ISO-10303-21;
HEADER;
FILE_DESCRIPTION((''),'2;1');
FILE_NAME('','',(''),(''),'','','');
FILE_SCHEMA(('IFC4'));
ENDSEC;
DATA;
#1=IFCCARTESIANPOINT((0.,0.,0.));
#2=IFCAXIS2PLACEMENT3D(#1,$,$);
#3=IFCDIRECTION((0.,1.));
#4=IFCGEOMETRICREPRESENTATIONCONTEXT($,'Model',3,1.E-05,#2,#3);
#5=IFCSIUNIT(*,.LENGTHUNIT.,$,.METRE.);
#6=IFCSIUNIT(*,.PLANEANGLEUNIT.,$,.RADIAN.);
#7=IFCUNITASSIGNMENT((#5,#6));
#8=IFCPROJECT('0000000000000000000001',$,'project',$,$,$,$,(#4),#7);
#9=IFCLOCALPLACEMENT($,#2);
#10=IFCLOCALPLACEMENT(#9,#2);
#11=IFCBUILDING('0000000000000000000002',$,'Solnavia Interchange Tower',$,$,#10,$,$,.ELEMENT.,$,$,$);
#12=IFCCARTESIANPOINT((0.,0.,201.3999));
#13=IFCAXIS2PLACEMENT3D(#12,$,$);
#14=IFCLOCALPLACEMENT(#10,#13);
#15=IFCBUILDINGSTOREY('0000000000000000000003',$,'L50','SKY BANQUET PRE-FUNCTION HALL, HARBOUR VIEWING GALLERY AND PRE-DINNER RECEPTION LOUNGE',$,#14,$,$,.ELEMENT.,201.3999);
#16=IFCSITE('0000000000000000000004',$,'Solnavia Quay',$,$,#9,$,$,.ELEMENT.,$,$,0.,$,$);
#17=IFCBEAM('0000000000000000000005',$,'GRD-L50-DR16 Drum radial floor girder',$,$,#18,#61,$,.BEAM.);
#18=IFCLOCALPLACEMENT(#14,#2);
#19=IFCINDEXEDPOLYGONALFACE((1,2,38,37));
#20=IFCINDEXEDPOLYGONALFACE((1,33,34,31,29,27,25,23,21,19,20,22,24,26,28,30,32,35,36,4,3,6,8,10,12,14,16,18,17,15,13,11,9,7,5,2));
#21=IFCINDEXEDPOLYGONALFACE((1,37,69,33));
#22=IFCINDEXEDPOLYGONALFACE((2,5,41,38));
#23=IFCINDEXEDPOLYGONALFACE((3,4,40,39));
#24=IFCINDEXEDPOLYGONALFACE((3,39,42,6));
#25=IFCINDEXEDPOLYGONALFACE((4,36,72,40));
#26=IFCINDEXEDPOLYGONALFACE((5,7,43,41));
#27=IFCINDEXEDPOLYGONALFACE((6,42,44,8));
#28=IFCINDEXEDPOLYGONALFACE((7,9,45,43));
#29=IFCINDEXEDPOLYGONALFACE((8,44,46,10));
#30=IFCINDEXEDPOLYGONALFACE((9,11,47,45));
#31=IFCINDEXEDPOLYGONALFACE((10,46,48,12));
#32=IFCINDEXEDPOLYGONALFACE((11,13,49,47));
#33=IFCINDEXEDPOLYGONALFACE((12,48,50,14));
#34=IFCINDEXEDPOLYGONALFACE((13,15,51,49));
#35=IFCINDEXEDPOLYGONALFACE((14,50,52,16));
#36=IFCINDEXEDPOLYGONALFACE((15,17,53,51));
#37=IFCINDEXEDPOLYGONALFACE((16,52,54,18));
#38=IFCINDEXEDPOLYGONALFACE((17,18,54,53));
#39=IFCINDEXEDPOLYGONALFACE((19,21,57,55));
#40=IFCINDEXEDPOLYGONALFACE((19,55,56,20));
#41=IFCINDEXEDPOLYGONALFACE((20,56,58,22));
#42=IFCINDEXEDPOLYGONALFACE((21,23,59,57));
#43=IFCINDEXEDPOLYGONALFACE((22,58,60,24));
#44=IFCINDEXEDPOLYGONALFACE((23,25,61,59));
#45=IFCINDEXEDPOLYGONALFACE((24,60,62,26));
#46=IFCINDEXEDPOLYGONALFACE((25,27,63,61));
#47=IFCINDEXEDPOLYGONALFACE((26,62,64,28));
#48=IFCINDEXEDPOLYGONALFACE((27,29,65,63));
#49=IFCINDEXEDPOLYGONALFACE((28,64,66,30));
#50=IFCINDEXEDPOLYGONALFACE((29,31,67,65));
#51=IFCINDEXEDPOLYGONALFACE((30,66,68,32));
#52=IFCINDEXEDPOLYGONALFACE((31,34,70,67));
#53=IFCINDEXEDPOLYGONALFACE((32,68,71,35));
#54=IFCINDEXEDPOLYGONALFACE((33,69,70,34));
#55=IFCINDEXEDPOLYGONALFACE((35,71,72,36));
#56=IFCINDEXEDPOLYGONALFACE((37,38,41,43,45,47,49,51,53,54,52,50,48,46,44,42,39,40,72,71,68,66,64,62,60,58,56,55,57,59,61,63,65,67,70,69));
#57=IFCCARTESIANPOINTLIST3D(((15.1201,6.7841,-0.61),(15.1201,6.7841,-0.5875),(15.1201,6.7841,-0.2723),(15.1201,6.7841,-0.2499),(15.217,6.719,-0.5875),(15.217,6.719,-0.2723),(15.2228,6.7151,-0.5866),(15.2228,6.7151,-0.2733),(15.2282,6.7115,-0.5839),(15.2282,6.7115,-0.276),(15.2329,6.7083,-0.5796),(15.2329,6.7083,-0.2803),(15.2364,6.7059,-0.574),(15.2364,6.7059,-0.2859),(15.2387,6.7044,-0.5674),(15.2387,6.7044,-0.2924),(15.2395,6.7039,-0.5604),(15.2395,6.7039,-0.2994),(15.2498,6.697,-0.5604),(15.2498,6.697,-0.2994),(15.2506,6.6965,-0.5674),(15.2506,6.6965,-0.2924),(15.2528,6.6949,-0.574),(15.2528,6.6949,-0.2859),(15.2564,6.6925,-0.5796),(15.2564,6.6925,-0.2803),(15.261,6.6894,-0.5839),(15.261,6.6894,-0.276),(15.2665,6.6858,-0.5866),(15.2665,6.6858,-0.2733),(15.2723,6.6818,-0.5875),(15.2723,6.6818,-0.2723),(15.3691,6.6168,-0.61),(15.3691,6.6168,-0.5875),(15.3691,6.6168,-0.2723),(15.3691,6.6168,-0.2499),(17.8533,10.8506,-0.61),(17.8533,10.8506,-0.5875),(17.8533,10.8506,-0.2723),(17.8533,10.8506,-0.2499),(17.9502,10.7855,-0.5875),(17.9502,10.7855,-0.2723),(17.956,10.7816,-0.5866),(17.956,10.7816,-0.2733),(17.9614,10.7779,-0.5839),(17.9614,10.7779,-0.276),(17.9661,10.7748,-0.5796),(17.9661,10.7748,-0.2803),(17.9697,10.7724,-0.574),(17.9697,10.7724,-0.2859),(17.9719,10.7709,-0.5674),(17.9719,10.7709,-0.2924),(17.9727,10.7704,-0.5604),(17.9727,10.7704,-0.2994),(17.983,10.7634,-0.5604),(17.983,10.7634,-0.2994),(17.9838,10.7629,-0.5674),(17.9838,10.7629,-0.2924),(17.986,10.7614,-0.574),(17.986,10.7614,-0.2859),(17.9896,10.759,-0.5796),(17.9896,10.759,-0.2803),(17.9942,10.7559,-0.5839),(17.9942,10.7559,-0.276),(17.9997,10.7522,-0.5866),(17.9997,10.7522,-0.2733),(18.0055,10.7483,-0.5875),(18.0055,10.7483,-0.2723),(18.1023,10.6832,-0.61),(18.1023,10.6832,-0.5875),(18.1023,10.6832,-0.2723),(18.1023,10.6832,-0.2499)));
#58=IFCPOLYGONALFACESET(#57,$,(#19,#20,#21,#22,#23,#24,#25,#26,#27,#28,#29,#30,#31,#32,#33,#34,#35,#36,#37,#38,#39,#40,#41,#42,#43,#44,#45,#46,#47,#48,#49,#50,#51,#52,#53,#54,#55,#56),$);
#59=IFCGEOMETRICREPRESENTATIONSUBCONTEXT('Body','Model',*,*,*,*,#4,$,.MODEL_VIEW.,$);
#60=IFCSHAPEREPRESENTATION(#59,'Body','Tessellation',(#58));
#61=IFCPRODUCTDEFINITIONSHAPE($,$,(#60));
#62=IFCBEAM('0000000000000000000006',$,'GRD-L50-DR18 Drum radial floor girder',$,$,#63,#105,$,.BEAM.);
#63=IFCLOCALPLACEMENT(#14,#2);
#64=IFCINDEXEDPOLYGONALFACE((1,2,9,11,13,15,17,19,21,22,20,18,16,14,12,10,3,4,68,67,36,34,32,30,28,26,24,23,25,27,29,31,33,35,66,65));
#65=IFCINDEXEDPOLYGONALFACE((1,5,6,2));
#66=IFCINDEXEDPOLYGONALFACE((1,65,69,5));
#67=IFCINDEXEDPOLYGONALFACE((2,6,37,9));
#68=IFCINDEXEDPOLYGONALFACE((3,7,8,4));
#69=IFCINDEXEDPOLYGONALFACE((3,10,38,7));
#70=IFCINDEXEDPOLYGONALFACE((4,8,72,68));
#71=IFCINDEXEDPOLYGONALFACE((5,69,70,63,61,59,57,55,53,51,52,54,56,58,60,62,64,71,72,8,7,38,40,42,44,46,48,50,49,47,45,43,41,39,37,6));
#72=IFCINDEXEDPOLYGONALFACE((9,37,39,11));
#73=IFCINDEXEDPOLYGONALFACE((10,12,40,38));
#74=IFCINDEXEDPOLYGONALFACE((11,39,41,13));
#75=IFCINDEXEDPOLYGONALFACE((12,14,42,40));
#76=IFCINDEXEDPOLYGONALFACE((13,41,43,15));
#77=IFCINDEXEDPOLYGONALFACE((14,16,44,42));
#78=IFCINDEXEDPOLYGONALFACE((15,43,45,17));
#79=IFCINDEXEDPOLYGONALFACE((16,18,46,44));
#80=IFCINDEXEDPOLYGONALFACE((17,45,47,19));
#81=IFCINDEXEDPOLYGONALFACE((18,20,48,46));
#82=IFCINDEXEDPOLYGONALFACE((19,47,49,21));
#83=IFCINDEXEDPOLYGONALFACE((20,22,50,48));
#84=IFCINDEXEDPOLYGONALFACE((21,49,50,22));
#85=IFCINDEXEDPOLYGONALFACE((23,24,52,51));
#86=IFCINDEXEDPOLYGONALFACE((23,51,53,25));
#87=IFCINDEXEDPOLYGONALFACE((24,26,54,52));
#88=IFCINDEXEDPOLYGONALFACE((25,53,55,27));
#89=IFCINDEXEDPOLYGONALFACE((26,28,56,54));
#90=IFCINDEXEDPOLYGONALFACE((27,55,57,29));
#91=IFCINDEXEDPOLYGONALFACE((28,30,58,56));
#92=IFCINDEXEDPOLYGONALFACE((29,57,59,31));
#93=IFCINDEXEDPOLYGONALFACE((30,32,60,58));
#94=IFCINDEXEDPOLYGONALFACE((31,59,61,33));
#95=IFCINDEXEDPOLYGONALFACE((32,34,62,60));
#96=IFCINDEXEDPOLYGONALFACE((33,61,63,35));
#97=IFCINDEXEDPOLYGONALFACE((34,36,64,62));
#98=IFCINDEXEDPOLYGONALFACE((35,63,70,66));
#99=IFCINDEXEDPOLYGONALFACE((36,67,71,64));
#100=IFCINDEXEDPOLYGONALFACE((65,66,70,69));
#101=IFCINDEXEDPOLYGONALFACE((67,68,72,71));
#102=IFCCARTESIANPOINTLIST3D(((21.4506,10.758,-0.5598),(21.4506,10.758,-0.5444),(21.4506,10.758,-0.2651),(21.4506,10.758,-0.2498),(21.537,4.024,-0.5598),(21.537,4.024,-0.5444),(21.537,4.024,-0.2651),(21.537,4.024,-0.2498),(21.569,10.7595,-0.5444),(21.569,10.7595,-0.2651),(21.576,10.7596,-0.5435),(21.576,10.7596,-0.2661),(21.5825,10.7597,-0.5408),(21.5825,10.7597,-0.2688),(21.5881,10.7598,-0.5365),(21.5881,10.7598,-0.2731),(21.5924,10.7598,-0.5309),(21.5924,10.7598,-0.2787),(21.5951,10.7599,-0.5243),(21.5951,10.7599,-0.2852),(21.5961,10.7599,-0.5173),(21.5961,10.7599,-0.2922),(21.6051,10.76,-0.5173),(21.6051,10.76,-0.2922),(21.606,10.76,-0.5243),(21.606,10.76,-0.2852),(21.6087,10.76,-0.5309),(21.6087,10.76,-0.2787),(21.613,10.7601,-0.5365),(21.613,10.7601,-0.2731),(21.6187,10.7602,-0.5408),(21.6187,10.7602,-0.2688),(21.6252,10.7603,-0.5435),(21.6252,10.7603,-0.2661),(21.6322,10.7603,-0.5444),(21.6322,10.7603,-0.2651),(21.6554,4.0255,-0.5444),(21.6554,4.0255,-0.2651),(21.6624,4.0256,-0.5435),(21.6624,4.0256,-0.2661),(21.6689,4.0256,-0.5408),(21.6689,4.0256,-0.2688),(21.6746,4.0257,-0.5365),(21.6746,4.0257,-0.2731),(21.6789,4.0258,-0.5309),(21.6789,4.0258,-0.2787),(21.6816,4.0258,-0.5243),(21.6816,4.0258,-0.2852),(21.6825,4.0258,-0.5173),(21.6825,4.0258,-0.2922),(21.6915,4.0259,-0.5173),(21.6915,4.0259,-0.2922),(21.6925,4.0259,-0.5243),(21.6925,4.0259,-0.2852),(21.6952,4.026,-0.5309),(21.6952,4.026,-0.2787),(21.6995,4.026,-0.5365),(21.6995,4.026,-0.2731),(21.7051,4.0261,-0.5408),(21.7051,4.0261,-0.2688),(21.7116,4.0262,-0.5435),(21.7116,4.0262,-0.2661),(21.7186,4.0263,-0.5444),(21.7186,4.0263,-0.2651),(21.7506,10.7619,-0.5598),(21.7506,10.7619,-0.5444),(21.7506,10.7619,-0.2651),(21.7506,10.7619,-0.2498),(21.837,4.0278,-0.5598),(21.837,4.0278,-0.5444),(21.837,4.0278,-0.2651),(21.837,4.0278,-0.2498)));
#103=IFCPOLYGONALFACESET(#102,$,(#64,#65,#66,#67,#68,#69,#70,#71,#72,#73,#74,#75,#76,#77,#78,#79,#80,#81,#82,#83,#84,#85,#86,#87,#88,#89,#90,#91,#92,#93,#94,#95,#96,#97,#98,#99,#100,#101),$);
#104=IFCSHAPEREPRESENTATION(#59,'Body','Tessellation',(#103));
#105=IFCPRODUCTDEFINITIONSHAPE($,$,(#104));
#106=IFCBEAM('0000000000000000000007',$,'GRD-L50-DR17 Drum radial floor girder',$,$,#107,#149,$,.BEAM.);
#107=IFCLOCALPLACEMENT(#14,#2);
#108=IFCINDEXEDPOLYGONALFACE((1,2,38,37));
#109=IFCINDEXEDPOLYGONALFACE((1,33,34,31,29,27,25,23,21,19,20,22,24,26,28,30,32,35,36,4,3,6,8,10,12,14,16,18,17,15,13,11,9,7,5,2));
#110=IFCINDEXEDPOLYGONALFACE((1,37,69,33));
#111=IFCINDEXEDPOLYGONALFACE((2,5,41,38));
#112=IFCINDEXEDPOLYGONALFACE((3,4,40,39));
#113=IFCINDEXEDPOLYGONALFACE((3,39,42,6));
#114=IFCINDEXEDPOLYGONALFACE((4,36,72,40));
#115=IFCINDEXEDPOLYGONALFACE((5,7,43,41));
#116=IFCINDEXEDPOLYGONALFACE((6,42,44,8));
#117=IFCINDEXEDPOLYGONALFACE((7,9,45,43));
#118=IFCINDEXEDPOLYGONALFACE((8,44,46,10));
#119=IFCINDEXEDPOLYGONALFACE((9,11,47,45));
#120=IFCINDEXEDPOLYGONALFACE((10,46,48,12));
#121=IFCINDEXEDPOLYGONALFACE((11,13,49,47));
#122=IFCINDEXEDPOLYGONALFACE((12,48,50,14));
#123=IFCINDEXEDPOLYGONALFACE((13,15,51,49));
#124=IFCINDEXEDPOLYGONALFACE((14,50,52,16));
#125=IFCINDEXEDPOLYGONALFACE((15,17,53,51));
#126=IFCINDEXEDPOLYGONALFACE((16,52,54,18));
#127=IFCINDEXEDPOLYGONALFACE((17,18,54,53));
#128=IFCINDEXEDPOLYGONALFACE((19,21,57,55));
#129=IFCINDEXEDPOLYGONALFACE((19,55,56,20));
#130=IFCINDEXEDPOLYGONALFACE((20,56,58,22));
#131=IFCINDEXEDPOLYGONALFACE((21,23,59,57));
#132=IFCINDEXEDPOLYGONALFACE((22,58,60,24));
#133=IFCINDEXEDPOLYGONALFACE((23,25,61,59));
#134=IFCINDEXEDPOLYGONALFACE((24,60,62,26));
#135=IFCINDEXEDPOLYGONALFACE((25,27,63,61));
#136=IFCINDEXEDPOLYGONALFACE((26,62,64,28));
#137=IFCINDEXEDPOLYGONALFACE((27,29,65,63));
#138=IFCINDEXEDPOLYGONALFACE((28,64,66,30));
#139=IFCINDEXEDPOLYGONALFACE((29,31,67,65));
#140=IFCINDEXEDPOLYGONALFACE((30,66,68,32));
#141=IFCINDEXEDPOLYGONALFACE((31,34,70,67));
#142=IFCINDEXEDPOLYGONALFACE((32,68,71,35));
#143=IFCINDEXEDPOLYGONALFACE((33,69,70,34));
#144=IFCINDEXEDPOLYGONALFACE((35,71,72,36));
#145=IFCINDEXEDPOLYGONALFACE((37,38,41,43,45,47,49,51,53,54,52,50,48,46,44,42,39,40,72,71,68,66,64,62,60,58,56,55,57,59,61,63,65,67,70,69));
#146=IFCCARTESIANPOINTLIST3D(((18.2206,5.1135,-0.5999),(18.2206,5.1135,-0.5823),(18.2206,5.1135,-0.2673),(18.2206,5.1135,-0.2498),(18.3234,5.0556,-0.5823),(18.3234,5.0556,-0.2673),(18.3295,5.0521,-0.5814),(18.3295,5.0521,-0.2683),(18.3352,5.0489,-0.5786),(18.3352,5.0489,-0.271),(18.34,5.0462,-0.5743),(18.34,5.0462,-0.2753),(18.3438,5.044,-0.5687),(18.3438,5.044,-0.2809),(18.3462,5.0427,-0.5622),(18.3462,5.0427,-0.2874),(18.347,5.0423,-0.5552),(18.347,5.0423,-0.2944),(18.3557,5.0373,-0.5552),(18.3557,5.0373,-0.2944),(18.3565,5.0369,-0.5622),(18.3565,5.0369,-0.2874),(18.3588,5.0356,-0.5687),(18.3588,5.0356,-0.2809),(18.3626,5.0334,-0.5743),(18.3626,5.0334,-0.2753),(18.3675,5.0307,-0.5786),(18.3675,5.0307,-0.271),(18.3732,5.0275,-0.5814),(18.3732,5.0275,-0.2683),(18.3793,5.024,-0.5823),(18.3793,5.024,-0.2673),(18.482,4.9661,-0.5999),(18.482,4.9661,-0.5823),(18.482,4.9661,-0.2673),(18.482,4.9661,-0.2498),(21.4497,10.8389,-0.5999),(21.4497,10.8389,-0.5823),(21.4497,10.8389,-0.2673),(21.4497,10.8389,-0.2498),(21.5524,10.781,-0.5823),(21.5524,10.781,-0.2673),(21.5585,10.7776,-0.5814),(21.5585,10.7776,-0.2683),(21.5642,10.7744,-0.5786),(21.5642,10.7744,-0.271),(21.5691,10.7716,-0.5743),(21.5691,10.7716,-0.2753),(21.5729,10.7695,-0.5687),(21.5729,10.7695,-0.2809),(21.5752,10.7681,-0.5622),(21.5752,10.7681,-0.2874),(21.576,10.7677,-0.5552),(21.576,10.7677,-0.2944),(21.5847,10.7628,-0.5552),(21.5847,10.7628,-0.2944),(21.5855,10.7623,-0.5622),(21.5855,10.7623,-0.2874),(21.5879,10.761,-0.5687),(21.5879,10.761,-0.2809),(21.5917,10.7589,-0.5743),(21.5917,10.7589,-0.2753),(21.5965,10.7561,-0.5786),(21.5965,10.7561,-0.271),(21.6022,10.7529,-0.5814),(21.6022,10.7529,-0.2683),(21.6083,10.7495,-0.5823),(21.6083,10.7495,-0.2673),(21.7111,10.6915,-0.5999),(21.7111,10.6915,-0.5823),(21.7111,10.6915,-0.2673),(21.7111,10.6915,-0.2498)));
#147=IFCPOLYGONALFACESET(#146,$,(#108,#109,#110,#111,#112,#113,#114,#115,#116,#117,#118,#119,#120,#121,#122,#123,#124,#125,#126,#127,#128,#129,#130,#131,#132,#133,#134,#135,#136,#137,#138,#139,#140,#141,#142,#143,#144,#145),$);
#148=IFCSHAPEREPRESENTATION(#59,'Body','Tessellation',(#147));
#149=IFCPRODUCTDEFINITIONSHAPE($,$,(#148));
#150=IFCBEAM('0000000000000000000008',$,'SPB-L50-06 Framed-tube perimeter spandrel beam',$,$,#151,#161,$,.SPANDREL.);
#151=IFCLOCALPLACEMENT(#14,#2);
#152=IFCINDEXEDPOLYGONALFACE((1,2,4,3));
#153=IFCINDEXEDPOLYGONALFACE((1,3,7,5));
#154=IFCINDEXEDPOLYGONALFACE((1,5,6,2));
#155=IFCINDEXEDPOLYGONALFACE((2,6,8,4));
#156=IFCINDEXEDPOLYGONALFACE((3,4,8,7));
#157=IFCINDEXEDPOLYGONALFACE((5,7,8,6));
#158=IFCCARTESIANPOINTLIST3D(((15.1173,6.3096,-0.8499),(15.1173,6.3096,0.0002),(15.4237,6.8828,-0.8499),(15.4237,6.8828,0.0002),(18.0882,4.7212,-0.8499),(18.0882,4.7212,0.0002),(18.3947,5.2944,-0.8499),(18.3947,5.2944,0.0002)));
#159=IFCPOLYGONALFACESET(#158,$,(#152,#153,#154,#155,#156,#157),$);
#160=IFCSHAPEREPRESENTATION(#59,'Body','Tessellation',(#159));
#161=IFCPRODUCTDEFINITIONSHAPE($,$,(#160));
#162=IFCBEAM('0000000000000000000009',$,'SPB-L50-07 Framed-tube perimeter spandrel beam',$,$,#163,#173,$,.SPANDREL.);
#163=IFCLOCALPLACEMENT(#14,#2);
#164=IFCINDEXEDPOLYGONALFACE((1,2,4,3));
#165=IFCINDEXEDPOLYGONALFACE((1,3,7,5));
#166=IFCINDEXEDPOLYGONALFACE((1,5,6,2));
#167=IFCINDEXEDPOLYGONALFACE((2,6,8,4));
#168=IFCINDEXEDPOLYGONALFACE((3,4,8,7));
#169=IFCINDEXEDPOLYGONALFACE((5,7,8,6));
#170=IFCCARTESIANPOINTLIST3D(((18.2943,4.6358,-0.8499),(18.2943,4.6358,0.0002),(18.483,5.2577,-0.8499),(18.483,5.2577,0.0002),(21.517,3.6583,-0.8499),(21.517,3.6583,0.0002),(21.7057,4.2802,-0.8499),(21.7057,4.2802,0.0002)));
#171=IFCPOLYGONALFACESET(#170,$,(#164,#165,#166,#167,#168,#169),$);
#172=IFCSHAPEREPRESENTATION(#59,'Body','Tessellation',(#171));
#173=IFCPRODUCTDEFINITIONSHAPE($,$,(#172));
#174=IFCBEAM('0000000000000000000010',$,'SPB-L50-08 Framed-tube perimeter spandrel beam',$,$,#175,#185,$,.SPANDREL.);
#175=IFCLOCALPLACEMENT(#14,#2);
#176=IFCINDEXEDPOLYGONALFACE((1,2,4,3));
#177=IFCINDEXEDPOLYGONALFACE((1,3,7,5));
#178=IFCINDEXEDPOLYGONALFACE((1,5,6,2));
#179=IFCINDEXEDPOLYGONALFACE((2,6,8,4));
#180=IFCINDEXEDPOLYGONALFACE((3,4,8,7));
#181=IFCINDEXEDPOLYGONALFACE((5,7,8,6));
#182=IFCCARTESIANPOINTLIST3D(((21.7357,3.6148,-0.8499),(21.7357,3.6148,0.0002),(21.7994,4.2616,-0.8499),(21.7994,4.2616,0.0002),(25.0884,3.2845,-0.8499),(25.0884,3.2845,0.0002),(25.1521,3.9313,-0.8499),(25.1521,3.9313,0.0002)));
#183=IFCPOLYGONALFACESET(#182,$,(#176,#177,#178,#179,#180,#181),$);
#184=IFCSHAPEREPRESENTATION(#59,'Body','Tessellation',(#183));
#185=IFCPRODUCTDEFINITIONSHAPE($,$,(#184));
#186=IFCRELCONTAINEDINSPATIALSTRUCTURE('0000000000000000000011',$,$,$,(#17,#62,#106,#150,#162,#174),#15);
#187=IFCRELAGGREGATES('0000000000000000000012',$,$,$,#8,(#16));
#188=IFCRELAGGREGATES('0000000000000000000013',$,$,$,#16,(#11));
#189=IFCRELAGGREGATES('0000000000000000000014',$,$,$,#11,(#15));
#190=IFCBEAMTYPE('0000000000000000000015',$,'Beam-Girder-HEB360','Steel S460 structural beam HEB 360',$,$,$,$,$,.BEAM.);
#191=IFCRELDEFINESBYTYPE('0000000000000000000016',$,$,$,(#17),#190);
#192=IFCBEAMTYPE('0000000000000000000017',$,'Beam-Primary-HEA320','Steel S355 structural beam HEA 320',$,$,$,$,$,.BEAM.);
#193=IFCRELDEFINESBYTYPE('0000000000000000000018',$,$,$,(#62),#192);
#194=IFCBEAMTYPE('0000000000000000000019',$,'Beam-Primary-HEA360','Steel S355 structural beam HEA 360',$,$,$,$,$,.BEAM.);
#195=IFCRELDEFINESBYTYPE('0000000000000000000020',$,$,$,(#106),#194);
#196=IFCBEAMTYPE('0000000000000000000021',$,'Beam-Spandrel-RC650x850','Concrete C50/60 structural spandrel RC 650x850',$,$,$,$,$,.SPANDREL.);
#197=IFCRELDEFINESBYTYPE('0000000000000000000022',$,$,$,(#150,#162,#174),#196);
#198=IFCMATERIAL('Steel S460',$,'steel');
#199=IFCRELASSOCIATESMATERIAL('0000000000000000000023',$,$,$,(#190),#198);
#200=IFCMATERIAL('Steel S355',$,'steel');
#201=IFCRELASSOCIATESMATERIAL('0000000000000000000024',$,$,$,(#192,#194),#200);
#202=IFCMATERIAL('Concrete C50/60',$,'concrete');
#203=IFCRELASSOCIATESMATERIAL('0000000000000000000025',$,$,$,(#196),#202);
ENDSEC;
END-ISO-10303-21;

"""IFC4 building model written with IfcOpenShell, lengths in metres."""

from ifc_helpers import new_model, si_unit, direction, frame, origin, origin_2d, place, context, subcontext, project, spatial, rectangle, i_section, extrude, material, material_profile, profile_set, type_object, element, save


model = new_model("IFC4")

# Units and contexts
model_context = context("Model", 3, precision=1e-05, world=origin(), true_north=direction((0.0, 1.0)))
body_context = subcontext(model_context, "Body", "Model", "MODEL_VIEW")
ifc_project = project(units=[si_unit("LENGTHUNIT", "METRE"), si_unit("PLANEANGLEUNIT", "RADIAN")], contexts=[model_context])

# Site, building, storey
site_placement = place(None, origin())
site = spatial("IfcSite", under=ifc_project, at=site_placement, Name="Solnavia Quay", CompositionType="ELEMENT", RefElevation=0.0)
building_placement = place(site_placement, origin())
building = spatial("IfcBuilding", under=site, at=building_placement, Name="Solnavia Interchange Tower", CompositionType="ELEMENT")
storey_placement = place(building_placement, frame((0.0, 0.0, 201.3999)))
storey = spatial("IfcBuildingStorey", under=building, at=storey_placement, Name="L50", Description="SKY BANQUET PRE-FUNCTION HALL, HARBOUR VIEWING GALLERY AND PRE-DINNER RECEPTION LOUNGE", CompositionType="ELEMENT", Elevation=201.3999)

# Shared definitions
ifc_material_1 = material(Name="Concrete C50/60", Category="concrete")
ifc_material_2 = material(Name="Steel S355", Category="steel")

# Beams
ifc_material_3 = material(Name="Steel S460", Category="steel")
ifc_material_profile_1 = material_profile(ifc_material_3, i_section(OverallWidth=0.3, OverallDepth=0.3601, WebThickness=0.0125, FlangeThickness=0.0225, FilletRadius=0.0271, at=origin_2d()), Name="HEB 360")
ifc_profile_set_1 = profile_set([ifc_material_profile_1], Name="Steel S460")
beam_type_1 = type_object("IfcBeamType", Name="Beam-Girder-HEB360", Description="Steel S460 structural beam HEB 360", PredefinedType="BEAM", material=ifc_profile_set_1)
beam_1_placement = place(storey_placement, frame((15.2446, 6.7004, -0.4299), z_axis=(0.557835, 0.829952, 0.0), x_axis=(-0.829952, 0.557835, 0.0)))
element("IfcBeam", 1, at=beam_1_placement, inside=storey, type_object=beam_type_1, Name="GRD-L50-DR16 Drum radial floor girder", PredefinedType="BEAM", context=body_context, shape_type="SweptSolid", body=[
    extrude(i_section(OverallWidth=0.3, OverallDepth=0.3601, WebThickness=0.0125, FlangeThickness=0.0225, FilletRadius=0.0271, at=origin_2d()), origin(), (0.0, 0.0, 1.0), 4.8997),
])
ifc_material_profile_2 = material_profile(ifc_material_2, i_section(OverallWidth=0.3, OverallDepth=0.3101, WebThickness=0.009, FlangeThickness=0.0154, FilletRadius=0.0271, at=origin_2d()), Name="HEA 320")
ifc_profile_set_2 = profile_set([ifc_material_profile_2], Name="Steel S355")
beam_type_2 = type_object("IfcBeamType", Name="Beam-Primary-HEA320", Description="Steel S355 structural beam HEA 320", PredefinedType="BEAM", material=ifc_profile_set_2)
beam_2_placement = place(storey_placement, frame((21.687, 4.0259, -0.4048), z_axis=(-0.012833, 0.999918, 0.0), x_axis=(-0.999918, -0.012833, 0.0)))
element("IfcBeam", 2, at=beam_2_placement, inside=storey, type_object=beam_type_2, Name="GRD-L50-DR18 Drum radial floor girder", PredefinedType="BEAM", context=body_context, shape_type="SweptSolid", body=[
    extrude(i_section(OverallWidth=0.3, OverallDepth=0.3101, WebThickness=0.009, FlangeThickness=0.0154, FilletRadius=0.0271, at=origin_2d()), origin(), (0.0, 0.0, 1.0), 6.7346),
])
ifc_material_profile_3 = material_profile(ifc_material_2, i_section(OverallWidth=0.3, OverallDepth=0.3501, WebThickness=0.01, FlangeThickness=0.0176, FilletRadius=0.0271, at=origin_2d()), Name="HEA 360")
ifc_profile_set_3 = profile_set([ifc_material_profile_3], Name="Steel S355")
beam_type_3 = type_object("IfcBeamType", Name="Beam-Primary-HEA360", Description="Steel S355 structural beam HEA 360", PredefinedType="BEAM", material=ifc_profile_set_3)
beam_3_placement = place(storey_placement, frame((18.3513, 5.0398, -0.4248), z_axis=(0.491243, 0.871022, 0.0), x_axis=(-0.871022, 0.491243, 0.0)))
element("IfcBeam", 3, at=beam_3_placement, inside=storey, type_object=beam_type_3, Name="GRD-L50-DR17 Drum radial floor girder", PredefinedType="BEAM", context=body_context, shape_type="SweptSolid", body=[
    extrude(i_section(OverallWidth=0.3, OverallDepth=0.3501, WebThickness=0.01, FlangeThickness=0.0176, FilletRadius=0.0271, at=origin_2d()), origin(), (0.0, 0.0, 1.0), 6.5732),
])
ifc_material_profile_4 = material_profile(ifc_material_1, rectangle(XDim=0.6499, YDim=0.8501, at=origin_2d()), Name="RC 650x850")
ifc_profile_set_4 = profile_set([ifc_material_profile_4], Name="Concrete C50/60")
beam_type_4 = type_object("IfcBeamType", Name="Beam-Spandrel-RC650x850", Description="Concrete C50/60 structural spandrel RC 650x850", PredefinedType="SPANDREL", material=ifc_profile_set_4)
beam_4_placement = place(storey_placement, frame((15.2705, 6.5962, -0.4248), z_axis=(0.881875, -0.471483, 0.0), x_axis=(0.471483, 0.881875, 0.0)))
element("IfcBeam", 4, at=beam_4_placement, inside=storey, type_object=beam_type_4, Name="SPB-L50-06 Framed-tube perimeter spandrel beam", PredefinedType="SPANDREL", context=body_context, shape_type="SweptSolid", body=[
    extrude(rectangle(XDim=0.6499, YDim=0.8501, at=origin_2d()), origin(), (0.0, 0.0, 1.0), 3.3689),
])
beam_5_placement = place(storey_placement, frame((18.3887, 4.9468, -0.4248), z_axis=(0.956944, -0.290273, 0.0), x_axis=(0.290273, 0.956944, 0.0)))
element("IfcBeam", 5, at=beam_5_placement, inside=storey, type_object=beam_type_4, Name="SPB-L50-07 Framed-tube perimeter spandrel beam", PredefinedType="SPANDREL", context=body_context, shape_type="SweptSolid", body=[
    extrude(rectangle(XDim=0.6499, YDim=0.8501, at=origin_2d()), origin(), (0.0, 0.0, 1.0), 3.3677),
])
beam_6_placement = place(storey_placement, frame((21.7676, 3.9382, -0.4248), z_axis=(0.995182, -0.098047, 0.0), x_axis=(0.098047, 0.995182, 0.0)))
element("IfcBeam", 6, at=beam_6_placement, inside=storey, type_object=beam_type_4, Name="SPB-L50-08 Framed-tube perimeter spandrel beam", PredefinedType="SPANDREL", context=body_context, shape_type="SweptSolid", body=[
    extrude(rectangle(XDim=0.6499, YDim=0.8501, at=origin_2d()), origin(), (0.0, 0.0, 1.0), 3.3689),
])

save(model, "model.ifc")
